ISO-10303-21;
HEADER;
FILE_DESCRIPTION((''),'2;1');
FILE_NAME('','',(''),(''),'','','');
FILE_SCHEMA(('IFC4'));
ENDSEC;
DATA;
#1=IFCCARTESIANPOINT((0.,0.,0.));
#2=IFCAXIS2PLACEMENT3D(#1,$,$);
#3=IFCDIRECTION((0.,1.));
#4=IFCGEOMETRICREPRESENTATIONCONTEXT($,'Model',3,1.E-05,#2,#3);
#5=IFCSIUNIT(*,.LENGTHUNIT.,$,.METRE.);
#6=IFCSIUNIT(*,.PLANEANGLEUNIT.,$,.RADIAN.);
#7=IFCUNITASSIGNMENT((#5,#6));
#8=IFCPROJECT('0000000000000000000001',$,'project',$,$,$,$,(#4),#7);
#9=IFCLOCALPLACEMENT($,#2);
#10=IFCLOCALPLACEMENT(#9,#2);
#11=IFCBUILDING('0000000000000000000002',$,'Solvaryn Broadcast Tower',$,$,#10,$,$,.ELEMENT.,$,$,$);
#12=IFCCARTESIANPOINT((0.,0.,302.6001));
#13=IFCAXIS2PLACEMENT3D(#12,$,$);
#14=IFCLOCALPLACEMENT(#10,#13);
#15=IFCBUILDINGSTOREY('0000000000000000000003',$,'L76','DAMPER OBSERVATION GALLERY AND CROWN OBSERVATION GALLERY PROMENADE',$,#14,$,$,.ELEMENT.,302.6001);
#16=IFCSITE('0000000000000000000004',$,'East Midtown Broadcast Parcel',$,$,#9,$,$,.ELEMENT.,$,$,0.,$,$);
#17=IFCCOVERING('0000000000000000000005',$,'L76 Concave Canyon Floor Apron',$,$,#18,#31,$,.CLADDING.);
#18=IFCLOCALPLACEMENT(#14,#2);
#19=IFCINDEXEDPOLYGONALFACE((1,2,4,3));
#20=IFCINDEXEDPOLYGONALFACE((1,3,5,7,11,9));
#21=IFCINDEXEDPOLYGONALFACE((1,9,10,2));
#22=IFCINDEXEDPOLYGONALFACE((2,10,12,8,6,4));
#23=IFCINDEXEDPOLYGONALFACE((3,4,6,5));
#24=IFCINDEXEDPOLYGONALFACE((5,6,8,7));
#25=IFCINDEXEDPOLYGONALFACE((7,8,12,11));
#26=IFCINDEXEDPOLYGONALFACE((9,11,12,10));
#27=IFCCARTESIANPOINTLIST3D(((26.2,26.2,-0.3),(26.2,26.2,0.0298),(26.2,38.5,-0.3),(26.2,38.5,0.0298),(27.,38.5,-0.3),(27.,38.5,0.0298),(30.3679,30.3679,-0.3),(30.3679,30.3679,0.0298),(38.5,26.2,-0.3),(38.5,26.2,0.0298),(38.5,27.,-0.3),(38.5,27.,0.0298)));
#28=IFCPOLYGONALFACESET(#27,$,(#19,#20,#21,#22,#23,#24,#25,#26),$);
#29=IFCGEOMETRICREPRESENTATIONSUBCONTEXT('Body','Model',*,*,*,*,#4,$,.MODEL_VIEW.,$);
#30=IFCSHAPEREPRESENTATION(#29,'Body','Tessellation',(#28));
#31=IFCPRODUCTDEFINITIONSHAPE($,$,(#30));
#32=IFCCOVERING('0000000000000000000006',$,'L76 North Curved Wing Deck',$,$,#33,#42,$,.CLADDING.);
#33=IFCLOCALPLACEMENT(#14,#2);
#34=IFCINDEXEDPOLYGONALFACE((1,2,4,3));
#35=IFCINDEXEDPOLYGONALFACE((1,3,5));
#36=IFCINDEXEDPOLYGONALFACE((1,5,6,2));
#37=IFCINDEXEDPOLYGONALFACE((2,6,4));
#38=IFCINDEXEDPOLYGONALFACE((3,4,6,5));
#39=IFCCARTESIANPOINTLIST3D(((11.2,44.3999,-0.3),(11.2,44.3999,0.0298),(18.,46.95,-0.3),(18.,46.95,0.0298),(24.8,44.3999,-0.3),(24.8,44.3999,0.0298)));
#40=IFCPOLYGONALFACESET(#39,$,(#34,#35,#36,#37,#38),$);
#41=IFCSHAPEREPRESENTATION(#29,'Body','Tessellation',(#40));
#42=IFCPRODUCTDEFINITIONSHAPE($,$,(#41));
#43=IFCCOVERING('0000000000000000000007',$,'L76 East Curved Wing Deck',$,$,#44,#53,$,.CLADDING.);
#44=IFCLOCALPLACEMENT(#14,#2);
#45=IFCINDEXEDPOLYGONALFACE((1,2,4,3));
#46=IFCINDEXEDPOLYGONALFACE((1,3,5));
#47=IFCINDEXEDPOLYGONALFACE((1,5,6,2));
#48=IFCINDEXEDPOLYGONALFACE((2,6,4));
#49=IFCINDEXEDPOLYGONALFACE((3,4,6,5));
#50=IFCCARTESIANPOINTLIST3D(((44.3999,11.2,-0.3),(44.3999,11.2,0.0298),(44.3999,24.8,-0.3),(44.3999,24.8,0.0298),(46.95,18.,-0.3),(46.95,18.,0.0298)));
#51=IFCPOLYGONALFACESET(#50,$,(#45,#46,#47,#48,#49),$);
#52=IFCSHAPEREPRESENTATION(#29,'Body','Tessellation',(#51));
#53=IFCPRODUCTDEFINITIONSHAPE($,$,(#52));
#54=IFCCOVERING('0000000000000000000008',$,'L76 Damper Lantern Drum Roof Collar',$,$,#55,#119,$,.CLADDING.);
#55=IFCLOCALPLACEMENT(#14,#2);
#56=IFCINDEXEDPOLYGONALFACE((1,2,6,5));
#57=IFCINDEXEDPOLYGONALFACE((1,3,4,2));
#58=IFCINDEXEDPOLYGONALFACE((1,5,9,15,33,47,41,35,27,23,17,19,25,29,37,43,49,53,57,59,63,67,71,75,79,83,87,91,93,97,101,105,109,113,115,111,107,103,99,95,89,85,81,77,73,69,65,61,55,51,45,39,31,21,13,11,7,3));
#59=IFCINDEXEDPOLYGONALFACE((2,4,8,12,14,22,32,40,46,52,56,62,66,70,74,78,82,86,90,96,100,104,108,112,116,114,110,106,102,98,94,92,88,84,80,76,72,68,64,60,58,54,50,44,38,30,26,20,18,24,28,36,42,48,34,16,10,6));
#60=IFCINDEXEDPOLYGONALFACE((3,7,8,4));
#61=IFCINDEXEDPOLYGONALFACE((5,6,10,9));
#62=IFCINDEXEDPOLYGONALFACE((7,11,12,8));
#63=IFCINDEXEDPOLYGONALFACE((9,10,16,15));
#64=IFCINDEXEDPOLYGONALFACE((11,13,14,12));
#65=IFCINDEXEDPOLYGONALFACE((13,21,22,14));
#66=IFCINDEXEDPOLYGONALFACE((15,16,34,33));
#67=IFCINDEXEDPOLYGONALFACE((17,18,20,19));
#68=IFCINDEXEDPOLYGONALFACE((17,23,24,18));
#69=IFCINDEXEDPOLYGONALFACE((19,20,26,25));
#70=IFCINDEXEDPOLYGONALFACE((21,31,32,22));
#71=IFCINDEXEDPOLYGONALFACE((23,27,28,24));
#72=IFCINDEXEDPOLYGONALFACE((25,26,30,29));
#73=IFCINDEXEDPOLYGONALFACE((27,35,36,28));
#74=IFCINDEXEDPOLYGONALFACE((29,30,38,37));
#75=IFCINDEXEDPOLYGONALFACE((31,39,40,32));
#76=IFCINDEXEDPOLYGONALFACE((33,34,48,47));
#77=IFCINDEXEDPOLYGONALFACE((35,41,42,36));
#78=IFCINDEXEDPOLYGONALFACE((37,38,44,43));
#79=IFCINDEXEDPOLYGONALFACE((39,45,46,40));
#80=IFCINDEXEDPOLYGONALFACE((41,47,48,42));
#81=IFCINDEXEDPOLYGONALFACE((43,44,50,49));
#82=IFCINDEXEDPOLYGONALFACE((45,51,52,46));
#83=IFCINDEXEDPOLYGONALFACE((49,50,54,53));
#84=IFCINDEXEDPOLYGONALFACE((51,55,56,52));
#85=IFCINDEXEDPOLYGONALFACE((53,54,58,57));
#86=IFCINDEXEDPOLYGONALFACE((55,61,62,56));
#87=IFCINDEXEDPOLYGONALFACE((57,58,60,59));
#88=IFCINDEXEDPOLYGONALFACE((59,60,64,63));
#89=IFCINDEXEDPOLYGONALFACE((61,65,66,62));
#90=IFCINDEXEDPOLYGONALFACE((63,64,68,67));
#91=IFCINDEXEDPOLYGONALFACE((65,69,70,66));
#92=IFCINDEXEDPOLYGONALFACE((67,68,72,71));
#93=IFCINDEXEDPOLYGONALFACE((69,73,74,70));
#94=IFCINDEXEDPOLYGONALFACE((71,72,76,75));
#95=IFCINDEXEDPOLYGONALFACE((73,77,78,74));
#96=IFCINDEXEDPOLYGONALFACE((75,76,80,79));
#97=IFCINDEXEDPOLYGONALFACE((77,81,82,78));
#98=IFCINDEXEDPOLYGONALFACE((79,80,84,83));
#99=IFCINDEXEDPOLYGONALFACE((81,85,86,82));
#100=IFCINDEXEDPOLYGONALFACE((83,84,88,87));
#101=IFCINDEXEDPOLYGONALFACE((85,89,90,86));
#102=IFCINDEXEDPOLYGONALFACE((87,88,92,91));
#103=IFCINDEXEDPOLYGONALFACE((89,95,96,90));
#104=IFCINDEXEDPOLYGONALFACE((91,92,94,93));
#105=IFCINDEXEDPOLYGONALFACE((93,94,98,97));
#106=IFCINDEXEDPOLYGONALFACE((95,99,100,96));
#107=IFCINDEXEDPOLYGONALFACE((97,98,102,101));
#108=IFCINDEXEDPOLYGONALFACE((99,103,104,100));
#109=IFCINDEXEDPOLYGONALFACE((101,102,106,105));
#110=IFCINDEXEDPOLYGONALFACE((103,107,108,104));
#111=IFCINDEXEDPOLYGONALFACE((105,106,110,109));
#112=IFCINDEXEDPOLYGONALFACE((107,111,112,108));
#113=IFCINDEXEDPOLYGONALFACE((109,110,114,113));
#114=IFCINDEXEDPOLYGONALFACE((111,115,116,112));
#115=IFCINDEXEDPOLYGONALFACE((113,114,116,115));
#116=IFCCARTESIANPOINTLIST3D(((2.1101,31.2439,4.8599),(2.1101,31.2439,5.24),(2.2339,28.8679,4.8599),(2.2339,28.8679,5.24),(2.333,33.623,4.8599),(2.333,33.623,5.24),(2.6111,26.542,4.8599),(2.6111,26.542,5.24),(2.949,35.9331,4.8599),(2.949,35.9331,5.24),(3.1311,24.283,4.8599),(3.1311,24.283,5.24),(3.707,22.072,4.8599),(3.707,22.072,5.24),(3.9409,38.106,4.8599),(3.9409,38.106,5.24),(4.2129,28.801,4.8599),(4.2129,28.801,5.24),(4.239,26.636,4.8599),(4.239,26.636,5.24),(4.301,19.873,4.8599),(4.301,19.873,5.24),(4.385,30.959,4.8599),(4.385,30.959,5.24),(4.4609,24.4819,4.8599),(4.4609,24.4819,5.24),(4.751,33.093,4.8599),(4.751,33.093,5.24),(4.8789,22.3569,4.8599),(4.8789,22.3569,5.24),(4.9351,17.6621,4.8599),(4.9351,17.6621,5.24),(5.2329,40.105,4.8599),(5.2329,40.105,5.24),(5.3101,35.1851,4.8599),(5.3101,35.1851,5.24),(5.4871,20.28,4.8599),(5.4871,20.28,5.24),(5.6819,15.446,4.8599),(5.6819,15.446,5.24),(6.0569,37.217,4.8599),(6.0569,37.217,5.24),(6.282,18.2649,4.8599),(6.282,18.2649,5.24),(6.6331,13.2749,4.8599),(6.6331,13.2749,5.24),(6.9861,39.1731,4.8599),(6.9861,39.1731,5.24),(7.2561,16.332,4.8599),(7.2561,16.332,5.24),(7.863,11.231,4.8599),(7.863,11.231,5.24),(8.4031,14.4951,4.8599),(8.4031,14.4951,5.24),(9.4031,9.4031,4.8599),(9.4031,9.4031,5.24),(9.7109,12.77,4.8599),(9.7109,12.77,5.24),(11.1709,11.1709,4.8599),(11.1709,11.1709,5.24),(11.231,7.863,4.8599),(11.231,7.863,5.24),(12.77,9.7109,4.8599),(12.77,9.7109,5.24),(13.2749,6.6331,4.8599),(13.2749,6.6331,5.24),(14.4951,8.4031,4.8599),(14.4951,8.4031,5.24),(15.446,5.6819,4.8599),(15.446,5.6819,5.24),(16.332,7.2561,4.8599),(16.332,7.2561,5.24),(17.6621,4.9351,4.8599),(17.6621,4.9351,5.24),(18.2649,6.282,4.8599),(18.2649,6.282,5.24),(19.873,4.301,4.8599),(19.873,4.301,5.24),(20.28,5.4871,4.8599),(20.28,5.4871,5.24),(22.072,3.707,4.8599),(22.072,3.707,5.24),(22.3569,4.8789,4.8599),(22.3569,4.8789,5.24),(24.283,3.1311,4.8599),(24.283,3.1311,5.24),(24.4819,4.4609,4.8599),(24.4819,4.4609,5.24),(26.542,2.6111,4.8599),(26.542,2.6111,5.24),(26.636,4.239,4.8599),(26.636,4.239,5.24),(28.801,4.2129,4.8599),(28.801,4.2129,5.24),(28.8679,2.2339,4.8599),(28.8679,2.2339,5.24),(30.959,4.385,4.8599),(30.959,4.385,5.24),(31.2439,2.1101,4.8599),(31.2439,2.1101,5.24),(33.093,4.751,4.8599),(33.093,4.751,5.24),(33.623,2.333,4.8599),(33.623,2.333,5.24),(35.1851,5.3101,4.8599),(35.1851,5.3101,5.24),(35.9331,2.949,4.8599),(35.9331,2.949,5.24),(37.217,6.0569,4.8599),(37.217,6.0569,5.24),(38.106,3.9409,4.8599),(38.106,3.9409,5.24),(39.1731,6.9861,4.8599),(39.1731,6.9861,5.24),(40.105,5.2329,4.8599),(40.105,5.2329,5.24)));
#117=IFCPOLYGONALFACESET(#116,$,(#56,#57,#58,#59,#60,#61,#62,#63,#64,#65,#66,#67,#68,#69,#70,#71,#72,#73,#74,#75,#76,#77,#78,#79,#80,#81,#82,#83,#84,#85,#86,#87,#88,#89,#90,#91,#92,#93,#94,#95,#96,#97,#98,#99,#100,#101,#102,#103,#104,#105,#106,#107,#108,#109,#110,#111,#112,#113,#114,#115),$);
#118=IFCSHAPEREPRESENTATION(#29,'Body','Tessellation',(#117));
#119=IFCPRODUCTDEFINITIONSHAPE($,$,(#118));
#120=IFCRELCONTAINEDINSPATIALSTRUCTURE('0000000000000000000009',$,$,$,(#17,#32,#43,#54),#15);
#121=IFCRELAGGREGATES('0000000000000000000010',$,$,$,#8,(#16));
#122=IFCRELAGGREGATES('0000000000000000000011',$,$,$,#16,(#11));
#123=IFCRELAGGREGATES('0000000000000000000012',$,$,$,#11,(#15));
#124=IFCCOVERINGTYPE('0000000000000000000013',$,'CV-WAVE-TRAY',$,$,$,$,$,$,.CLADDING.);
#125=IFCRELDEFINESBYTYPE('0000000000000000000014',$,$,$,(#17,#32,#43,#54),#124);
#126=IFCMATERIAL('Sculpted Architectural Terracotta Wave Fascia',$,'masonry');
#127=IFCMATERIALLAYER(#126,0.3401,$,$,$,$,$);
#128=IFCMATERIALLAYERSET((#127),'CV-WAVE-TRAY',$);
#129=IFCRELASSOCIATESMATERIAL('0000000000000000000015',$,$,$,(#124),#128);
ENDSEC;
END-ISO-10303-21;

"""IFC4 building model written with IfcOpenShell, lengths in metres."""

from ifc_helpers import new_model, si_unit, direction, frame, origin, place, context, subcontext, project, spatial, polyline, outline, extrude, material, layer, layer_set, type_object, element, save


model = new_model("IFC4")

# Units and contexts
model_context = context("Model", 3, precision=1e-05, world=origin(), true_north=direction((0.0, 1.0)))
body_context = subcontext(model_context, "Body", "Model", "MODEL_VIEW")
ifc_project = project(units=[si_unit("LENGTHUNIT", "METRE"), si_unit("PLANEANGLEUNIT", "RADIAN")], contexts=[model_context])

# Site, building, storey
site_placement = place(None, origin())
site = spatial("IfcSite", under=ifc_project, at=site_placement, Name="East Midtown Broadcast Parcel", CompositionType="ELEMENT", RefElevation=0.0)
building_placement = place(site_placement, origin())
building = spatial("IfcBuilding", under=site, at=building_placement, Name="Solvaryn Broadcast Tower", CompositionType="ELEMENT")
storey_placement = place(building_placement, frame((0.0, 0.0, 302.6001)))
storey = spatial("IfcBuildingStorey", under=building, at=storey_placement, Name="L76", Description="DAMPER OBSERVATION GALLERY AND CROWN OBSERVATION GALLERY PROMENADE", CompositionType="ELEMENT", Elevation=302.6001)

# Coverings
ifc_material_1 = material(Name="Sculpted Architectural Terracotta Wave Fascia", Category="masonry")
ifc_layer_1 = layer(ifc_material_1, 0.3401)
ifc_layer_set_1 = layer_set([ifc_layer_1], Name="CV-WAVE-TRAY")
covering_type_1 = type_object("IfcCoveringType", Name="CV-WAVE-TRAY", PredefinedType="CLADDING", material=ifc_layer_set_1)
covering_1_placement = place(storey_placement, frame((0.0, 0.0, -0.3)))
element("IfcCovering", 1, at=covering_1_placement, inside=storey, type_object=covering_type_1, Name="L76 Concave Canyon Floor Apron", PredefinedType="CLADDING", context=body_context, shape_type="SweptSolid", body=[
    extrude(outline(polyline([(26.2, 26.2), (38.5, 26.2), (38.5, 27.0), (30.3679, 30.3679), (27.0, 38.5), (26.2, 38.5), (26.2, 26.2)])), origin(), (0.0, 0.0, 1.0), 0.3298),
])
covering_2_placement = place(storey_placement, frame((0.0, 0.0, -0.3)))
element("IfcCovering", 2, at=covering_2_placement, inside=storey, type_object=covering_type_1, Name="L76 North Curved Wing Deck", PredefinedType="CLADDING", context=body_context, shape_type="SweptSolid", body=[
    extrude(outline(polyline([(11.2, 44.3999), (24.8, 44.3999), (18.0, 46.95), (11.2, 44.3999)])), origin(), (0.0, 0.0, 1.0), 0.3298),
])
covering_3_placement = place(storey_placement, frame((0.0, 0.0, -0.3)))
element("IfcCovering", 3, at=covering_3_placement, inside=storey, type_object=covering_type_1, Name="L76 East Curved Wing Deck", PredefinedType="CLADDING", context=body_context, shape_type="SweptSolid", body=[
    extrude(outline(polyline([(44.3999, 11.2), (46.95, 18.0), (44.3999, 24.8), (44.3999, 11.2)])), origin(), (0.0, 0.0, 1.0), 0.3298),
])
covering_4_placement = place(storey_placement, frame((0.0, 0.0, 4.8599)))
element("IfcCovering", 4, at=covering_4_placement, inside=storey, type_object=covering_type_1, Name="L76 Damper Lantern Drum Roof Collar", PredefinedType="CLADDING", context=body_context, shape_type="SweptSolid", body=[
    extrude(outline(polyline([(5.2329, 40.105), (3.9409, 38.106), (2.949, 35.9331), (2.333, 33.623), (2.1101, 31.2439), (2.2339, 28.8679), (2.6111, 26.542), (3.1311, 24.283), (3.707, 22.072), (4.301, 19.873), (4.9351, 17.6621), (5.6819, 15.446), (6.6331, 13.2749), (7.863, 11.231), (9.4031, 9.4031), (11.231, 7.863), (13.2749, 6.6331), (15.446, 5.6819), (17.6621, 4.9351), (19.873, 4.301), (22.072, 3.707), (24.283, 3.1311), (26.542, 2.6111), (28.8679, 2.2339), (31.2439, 2.1101), (33.623, 2.333), (35.9331, 2.949), (38.106, 3.9409), (40.105, 5.2329), (39.1731, 6.9861), (37.217, 6.0569), (35.1851, 5.3101), (33.093, 4.751), (30.959, 4.385), (28.801, 4.2129), (26.636, 4.239), (24.4819, 4.4609), (22.3569, 4.8789), (20.28, 5.4871), (18.2649, 6.282), (16.332, 7.2561), (14.4951, 8.4031), (12.77, 9.7109), (11.1709, 11.1709), (9.7109, 12.77), (8.4031, 14.4951), (7.2561, 16.332), (6.282, 18.2649), (5.4871, 20.28), (4.8789, 22.3569), (4.4609, 24.4819), (4.239, 26.636), (4.2129, 28.801), (4.385, 30.959), (4.751, 33.093), (5.3101, 35.1851), (6.0569, 37.217), (6.9861, 39.1731), (5.2329, 40.105)])), origin(), (0.0, 0.0, 1.0), 0.3801),
])

save(model, "model.ifc")
